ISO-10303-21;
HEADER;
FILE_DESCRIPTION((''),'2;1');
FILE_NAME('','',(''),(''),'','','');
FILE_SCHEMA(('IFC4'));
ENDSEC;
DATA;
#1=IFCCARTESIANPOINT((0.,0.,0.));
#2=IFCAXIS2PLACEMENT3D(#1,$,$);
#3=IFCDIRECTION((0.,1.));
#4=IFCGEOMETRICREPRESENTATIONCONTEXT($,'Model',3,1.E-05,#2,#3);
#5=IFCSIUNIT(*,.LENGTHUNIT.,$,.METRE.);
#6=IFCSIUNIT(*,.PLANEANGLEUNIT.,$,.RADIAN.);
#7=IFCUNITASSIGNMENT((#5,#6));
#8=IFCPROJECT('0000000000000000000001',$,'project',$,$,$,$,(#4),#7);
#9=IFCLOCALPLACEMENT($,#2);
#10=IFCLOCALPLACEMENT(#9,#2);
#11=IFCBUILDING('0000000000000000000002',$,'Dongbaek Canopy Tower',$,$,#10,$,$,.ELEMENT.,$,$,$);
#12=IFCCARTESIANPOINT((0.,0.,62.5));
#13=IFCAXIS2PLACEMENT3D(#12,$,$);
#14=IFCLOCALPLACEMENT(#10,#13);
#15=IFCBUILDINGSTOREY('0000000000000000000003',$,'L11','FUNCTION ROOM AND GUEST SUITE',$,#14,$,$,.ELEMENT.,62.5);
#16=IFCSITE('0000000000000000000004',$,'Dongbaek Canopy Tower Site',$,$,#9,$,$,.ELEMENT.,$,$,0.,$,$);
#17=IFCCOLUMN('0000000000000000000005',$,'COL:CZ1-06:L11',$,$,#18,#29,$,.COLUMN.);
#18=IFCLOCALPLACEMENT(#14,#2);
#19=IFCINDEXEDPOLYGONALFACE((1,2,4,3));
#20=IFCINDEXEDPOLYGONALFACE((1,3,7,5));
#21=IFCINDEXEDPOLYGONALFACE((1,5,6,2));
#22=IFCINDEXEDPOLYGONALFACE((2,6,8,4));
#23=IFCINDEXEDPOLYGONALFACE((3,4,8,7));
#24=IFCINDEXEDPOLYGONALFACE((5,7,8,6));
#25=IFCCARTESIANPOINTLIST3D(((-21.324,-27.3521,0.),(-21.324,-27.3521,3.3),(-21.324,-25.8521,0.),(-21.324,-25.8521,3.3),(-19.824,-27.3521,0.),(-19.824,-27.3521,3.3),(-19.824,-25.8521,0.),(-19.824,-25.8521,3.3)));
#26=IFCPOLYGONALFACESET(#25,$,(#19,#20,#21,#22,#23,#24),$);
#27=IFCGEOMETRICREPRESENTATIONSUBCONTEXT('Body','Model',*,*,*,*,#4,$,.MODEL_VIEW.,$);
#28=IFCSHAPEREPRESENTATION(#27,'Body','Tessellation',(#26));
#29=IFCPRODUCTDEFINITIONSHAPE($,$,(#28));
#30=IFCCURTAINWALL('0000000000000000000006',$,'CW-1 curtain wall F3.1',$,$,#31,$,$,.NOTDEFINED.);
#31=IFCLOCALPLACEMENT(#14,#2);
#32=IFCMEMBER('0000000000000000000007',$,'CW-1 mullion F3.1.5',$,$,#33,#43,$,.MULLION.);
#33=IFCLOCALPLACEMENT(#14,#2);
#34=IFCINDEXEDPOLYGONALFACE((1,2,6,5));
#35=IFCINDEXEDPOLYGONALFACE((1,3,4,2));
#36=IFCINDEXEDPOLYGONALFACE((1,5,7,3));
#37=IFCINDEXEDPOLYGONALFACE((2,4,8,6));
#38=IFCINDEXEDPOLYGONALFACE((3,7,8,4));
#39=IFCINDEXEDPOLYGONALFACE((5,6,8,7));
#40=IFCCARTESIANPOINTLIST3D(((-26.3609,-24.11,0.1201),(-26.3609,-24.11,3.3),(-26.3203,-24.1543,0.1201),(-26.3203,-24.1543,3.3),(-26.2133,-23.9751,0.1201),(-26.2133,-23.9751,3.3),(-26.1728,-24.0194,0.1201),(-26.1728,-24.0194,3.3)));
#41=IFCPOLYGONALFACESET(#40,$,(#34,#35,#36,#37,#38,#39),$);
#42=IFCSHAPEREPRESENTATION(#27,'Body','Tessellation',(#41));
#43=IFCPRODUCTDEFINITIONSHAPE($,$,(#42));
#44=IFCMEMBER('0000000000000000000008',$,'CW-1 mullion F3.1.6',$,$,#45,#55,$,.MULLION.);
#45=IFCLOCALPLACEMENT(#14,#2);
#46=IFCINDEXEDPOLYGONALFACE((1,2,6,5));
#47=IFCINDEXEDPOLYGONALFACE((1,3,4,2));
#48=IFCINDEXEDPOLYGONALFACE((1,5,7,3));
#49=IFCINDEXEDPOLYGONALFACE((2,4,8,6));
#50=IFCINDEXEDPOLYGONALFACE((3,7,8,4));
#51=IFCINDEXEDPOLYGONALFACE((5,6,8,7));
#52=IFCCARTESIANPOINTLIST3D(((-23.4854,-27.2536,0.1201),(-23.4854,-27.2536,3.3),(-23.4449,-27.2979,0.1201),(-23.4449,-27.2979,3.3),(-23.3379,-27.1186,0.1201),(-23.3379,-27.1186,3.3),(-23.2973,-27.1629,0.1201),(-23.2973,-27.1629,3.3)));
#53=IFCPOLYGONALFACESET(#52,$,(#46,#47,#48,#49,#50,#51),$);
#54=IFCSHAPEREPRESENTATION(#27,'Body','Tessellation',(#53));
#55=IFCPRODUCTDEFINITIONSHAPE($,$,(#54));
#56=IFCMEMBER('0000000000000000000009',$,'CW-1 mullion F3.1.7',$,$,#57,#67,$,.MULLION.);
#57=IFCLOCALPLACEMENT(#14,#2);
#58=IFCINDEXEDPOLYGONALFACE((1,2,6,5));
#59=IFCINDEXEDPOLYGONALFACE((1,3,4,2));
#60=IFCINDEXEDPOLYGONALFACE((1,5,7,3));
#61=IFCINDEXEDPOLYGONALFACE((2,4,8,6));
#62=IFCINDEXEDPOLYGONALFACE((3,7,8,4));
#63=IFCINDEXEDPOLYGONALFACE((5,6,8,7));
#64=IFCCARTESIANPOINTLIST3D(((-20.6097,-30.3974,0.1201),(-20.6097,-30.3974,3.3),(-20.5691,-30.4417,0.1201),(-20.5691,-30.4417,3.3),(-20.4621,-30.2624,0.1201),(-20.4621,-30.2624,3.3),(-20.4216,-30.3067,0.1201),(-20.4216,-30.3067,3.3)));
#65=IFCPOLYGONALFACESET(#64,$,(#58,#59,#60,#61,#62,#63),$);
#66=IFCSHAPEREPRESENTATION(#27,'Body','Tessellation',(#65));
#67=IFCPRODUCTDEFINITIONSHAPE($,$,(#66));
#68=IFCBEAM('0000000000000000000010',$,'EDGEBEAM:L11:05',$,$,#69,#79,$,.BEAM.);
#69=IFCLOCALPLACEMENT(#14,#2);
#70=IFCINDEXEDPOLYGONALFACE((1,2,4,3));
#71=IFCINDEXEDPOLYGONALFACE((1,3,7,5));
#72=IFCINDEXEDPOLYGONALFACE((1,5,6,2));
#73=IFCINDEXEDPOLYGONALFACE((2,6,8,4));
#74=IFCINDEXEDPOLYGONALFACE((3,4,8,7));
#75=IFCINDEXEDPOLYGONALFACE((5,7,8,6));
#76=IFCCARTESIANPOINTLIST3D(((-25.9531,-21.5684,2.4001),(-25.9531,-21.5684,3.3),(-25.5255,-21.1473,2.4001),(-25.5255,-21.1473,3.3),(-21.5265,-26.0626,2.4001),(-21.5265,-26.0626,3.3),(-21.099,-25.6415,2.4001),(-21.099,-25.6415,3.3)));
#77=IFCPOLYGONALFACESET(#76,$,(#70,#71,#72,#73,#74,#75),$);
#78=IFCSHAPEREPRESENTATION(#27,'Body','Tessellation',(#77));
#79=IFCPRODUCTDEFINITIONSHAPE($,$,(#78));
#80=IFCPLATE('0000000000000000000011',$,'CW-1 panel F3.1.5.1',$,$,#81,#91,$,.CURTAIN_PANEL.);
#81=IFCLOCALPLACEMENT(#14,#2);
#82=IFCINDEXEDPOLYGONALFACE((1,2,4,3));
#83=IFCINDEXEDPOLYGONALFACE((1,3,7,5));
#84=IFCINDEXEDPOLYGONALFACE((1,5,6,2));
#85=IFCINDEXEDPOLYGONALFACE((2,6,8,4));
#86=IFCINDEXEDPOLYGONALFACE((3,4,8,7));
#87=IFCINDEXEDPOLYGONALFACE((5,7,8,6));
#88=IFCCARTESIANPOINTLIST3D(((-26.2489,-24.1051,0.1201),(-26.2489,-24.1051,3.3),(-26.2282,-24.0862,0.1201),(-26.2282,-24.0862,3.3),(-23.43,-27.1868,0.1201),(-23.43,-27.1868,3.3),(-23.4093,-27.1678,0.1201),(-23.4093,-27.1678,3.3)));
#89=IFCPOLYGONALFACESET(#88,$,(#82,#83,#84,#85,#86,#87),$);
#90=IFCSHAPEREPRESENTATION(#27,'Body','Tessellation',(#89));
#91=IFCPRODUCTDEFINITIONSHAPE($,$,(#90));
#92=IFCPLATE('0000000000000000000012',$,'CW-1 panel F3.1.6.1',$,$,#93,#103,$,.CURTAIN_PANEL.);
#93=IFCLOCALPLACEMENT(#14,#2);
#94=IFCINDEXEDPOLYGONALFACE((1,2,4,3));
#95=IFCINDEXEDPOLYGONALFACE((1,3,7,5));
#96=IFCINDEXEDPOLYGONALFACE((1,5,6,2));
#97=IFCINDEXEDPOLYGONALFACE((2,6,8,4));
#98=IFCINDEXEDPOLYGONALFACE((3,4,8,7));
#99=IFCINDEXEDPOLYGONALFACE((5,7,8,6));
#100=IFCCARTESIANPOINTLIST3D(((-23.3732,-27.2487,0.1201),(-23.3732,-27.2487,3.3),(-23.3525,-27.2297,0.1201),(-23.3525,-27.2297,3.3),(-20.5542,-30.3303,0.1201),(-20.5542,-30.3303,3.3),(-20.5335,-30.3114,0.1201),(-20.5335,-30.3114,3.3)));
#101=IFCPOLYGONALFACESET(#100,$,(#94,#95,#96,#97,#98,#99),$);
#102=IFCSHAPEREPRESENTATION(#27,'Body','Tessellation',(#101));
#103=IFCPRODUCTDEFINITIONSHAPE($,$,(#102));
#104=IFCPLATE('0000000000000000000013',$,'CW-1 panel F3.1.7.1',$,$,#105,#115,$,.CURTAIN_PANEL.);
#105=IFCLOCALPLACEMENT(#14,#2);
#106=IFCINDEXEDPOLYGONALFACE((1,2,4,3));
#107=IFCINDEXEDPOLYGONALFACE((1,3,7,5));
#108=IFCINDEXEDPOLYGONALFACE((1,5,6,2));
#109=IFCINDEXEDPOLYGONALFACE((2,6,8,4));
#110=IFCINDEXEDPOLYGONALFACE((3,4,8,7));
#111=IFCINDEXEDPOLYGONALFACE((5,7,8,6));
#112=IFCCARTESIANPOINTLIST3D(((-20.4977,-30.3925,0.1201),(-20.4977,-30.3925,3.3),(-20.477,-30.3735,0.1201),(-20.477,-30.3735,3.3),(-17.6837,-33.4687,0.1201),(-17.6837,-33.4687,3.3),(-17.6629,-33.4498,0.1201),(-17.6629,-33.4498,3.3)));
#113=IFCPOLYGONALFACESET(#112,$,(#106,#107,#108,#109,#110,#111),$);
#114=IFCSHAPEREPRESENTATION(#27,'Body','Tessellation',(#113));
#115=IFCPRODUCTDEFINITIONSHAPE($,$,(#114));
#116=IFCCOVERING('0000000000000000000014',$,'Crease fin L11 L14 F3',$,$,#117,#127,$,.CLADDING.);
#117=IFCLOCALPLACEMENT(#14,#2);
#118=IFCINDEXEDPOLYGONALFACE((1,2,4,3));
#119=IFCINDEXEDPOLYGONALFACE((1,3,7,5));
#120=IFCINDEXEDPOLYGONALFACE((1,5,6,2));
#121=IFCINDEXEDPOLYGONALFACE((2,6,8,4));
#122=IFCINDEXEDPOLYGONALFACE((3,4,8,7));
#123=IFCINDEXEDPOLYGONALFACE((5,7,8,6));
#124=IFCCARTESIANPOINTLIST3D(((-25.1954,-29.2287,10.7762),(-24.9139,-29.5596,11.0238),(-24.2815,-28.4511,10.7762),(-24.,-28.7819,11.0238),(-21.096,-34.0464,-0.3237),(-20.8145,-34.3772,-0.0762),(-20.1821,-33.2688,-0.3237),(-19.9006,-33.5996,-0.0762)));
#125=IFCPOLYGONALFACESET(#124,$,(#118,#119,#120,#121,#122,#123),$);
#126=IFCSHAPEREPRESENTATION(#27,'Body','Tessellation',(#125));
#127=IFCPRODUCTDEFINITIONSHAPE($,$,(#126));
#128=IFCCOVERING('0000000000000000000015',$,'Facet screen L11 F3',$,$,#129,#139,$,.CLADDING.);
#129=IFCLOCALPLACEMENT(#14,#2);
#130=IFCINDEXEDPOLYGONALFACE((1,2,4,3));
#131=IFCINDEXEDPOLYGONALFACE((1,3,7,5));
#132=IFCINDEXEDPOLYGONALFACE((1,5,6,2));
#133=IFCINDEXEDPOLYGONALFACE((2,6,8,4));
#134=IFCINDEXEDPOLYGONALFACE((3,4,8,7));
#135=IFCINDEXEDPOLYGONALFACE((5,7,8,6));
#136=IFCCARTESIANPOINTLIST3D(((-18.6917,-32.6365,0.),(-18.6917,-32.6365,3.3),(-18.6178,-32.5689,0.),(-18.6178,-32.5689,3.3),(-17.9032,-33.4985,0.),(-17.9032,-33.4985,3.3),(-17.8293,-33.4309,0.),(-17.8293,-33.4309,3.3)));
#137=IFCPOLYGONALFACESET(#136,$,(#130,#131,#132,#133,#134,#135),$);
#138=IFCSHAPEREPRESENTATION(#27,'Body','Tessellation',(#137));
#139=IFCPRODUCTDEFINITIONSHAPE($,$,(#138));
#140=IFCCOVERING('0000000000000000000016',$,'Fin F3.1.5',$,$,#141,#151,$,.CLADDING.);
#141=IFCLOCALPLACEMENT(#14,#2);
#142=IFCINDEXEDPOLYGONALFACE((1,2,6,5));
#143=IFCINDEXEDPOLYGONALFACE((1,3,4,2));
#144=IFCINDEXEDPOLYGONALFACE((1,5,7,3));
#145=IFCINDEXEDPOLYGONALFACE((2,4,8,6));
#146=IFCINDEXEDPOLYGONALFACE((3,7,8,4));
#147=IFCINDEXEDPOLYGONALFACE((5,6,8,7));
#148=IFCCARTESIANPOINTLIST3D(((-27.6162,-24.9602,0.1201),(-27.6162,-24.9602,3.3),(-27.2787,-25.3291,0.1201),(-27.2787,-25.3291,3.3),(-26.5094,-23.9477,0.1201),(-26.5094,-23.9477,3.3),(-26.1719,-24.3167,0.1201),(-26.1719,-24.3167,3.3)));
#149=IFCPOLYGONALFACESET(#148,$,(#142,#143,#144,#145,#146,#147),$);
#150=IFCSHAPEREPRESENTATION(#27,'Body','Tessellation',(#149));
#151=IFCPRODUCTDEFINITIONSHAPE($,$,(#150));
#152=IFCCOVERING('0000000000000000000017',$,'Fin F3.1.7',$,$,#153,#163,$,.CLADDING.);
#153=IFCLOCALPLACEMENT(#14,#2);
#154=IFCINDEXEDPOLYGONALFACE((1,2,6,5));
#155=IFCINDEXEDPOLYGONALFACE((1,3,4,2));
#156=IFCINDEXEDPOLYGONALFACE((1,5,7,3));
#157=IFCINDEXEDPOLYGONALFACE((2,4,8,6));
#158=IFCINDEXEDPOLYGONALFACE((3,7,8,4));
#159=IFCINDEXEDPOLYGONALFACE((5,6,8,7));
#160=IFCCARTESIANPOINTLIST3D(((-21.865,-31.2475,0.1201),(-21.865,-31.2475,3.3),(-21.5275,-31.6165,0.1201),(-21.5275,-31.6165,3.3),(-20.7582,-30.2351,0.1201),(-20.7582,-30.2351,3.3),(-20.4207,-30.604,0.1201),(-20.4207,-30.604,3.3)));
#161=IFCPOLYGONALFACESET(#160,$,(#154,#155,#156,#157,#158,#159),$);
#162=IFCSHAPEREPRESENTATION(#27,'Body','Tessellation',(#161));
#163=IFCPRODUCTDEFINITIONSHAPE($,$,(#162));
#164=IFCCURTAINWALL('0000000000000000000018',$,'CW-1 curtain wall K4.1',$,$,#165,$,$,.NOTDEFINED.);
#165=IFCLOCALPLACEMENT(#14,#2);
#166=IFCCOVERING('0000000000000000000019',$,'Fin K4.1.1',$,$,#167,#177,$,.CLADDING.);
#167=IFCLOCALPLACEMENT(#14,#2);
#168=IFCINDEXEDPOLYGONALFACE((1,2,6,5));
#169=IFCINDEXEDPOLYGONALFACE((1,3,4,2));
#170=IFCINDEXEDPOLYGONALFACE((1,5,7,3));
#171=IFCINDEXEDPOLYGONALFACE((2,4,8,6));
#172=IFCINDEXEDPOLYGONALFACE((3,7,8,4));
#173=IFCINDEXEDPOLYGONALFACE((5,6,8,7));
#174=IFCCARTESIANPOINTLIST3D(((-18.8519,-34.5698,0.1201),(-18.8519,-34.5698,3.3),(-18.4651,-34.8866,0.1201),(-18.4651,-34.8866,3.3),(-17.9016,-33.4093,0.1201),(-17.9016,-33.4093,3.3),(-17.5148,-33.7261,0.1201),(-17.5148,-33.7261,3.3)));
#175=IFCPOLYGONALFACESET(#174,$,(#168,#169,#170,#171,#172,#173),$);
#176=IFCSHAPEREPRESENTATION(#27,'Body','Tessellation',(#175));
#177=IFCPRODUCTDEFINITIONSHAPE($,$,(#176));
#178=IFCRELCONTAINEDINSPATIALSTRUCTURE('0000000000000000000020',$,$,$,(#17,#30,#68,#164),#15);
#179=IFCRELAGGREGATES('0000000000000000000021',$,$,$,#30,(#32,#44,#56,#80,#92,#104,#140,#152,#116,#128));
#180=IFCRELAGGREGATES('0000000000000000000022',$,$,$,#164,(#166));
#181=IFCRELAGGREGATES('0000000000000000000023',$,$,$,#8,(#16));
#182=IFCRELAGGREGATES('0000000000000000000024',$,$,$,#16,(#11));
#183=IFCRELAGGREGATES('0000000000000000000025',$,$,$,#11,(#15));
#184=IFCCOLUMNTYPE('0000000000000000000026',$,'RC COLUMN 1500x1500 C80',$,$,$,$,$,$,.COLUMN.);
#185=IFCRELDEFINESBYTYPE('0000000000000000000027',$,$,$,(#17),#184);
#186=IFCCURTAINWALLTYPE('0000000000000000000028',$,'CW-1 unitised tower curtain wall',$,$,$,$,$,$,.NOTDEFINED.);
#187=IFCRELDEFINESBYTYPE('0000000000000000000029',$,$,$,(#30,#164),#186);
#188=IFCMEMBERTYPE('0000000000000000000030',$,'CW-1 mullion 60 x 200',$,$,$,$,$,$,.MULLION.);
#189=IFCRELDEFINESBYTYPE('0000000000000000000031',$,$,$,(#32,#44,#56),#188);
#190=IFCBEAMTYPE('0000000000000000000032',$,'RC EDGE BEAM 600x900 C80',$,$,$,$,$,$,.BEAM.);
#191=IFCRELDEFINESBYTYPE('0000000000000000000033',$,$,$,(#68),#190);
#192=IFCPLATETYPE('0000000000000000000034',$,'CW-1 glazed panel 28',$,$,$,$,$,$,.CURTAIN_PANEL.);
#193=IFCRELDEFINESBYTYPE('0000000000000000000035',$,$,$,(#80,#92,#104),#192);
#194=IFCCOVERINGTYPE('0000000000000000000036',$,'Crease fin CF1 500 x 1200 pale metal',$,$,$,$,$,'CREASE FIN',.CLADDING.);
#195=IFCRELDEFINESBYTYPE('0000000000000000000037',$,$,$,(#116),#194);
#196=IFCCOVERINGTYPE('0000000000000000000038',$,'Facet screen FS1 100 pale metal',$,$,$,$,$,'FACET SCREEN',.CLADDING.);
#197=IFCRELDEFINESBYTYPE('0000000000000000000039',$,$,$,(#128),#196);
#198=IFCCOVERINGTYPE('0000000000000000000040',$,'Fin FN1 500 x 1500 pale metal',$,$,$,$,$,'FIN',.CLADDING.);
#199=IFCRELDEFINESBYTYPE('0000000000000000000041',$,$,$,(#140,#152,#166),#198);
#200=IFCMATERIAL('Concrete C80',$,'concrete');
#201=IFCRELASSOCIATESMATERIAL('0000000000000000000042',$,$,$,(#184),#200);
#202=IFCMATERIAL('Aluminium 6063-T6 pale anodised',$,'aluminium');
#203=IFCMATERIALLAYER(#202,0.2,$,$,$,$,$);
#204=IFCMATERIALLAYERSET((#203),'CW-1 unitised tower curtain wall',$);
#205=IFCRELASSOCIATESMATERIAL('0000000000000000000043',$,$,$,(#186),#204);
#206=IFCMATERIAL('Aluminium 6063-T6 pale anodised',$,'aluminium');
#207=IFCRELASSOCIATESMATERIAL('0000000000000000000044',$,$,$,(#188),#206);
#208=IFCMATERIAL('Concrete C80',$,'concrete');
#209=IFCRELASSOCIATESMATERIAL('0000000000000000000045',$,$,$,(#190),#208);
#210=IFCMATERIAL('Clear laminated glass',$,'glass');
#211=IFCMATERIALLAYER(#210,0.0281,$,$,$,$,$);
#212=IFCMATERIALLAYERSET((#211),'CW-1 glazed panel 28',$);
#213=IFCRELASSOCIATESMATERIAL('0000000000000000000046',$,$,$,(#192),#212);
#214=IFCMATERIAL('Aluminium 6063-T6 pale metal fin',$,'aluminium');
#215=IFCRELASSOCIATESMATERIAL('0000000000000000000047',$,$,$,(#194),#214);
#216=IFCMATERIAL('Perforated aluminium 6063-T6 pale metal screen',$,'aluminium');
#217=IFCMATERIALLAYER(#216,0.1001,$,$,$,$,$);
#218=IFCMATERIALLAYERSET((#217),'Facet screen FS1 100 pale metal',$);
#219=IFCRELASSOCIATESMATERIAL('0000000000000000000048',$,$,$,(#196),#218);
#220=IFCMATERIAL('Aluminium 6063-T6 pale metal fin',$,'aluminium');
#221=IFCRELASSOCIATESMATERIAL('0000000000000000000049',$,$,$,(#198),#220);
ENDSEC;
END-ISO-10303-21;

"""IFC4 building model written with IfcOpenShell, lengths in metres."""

from ifc_helpers import new_model, si_unit, direction, frame, origin, origin_2d, place, context, subcontext, project, spatial, rectangle, extrude, material, layer, layer_set, material_profile, profile_set, type_object, element, aggregate, save


model = new_model("IFC4")

# Units and contexts
model_context = context("Model", 3, precision=1e-05, world=origin(), true_north=direction((0.0, 1.0)))
body_context = subcontext(model_context, "Body", "Model", "MODEL_VIEW")
ifc_project = project(units=[si_unit("LENGTHUNIT", "METRE"), si_unit("PLANEANGLEUNIT", "RADIAN")], contexts=[model_context])

# Site, building, storey
site_placement = place(None, origin())
site = spatial("IfcSite", under=ifc_project, at=site_placement, Name="Dongbaek Canopy Tower Site", CompositionType="ELEMENT", RefElevation=0.0)
building_placement = place(site_placement, origin())
building = spatial("IfcBuilding", under=site, at=building_placement, Name="Dongbaek Canopy Tower", CompositionType="ELEMENT")
storey_placement = place(building_placement, frame((0.0, 0.0, 62.5)))
storey = spatial("IfcBuildingStorey", under=building, at=storey_placement, Name="L11", Description="FUNCTION ROOM AND GUEST SUITE", CompositionType="ELEMENT", Elevation=62.5)

# Column
ifc_material_1 = material(Name="Concrete C80", Category="concrete")
ifc_material_profile_1 = material_profile(ifc_material_1, rectangle(XDim=1.5, YDim=1.5, at=origin_2d()), Name="RC COLUMN 1500x1500 C80")
ifc_profile_set_1 = profile_set([ifc_material_profile_1], Name="Concrete C80")
column_type = type_object("IfcColumnType", Name="RC COLUMN 1500x1500 C80", PredefinedType="COLUMN", material=ifc_profile_set_1)
column_placement = place(storey_placement, frame((-20.574, -26.6021, 0.0), z_axis=(0.0, 0.0, 1.0), x_axis=(1.0, 0.0, 0.0)))
element("IfcColumn", 1, at=column_placement, inside=storey, type_object=column_type, Name="COL:CZ1-06:L11", PredefinedType="COLUMN", context=body_context, shape_type="SweptSolid", body=[
    extrude(rectangle(XDim=1.5, YDim=1.5, at=origin_2d()), origin(), (0.0, 0.0, 1.0), 3.3),
])

# Curtain wall, members
ifc_material_2 = material(Name="Aluminium 6063-T6 pale anodised", Category="aluminium")
ifc_layer_1 = layer(ifc_material_2, 0.2)
ifc_layer_set_1 = layer_set([ifc_layer_1], Name="CW-1 unitised tower curtain wall")
curtain_wall_type = type_object("IfcCurtainWallType", Name="CW-1 unitised tower curtain wall", PredefinedType="NOTDEFINED", material=ifc_layer_set_1)
curtain_wall_1_placement = place(storey_placement, origin())
curtain_wall_1 = element("IfcCurtainWall", 2, at=curtain_wall_1_placement, inside=storey, type_object=curtain_wall_type, Name="CW-1 curtain wall F3.1", PredefinedType="NOTDEFINED")
ifc_material_3 = material(Name="Aluminium 6063-T6 pale anodised", Category="aluminium")
ifc_material_profile_2 = material_profile(ifc_material_3, rectangle(XDim=0.2, YDim=0.0601, at=origin_2d()), Name="CW-1 mullion 60 x 200")
ifc_profile_set_2 = profile_set([ifc_material_profile_2], Name="Aluminium 6063-T6 pale anodised")
member_type = type_object("IfcMemberType", Name="CW-1 mullion 60 x 200", PredefinedType="MULLION", material=ifc_profile_set_2)
member_1_placement = place(storey_placement, frame((-26.2668, -24.0647, 0.1201), z_axis=(0.0, 0.0, 1.0), x_axis=(-0.737855, -0.674959, 0.0)))
member_1 = element("IfcMember", 3, at=member_1_placement, type_object=member_type, Name="CW-1 mullion F3.1.5", PredefinedType="MULLION", context=body_context, shape_type="SweptSolid", body=[
    extrude(rectangle(XDim=0.2, YDim=0.0601, at=origin_2d()), origin(), (0.0, 0.0, 1.0), 3.1799),
])
member_2_placement = place(storey_placement, frame((-23.3914, -27.2083, 0.1201), z_axis=(0.0, 0.0, 1.0), x_axis=(-0.737855, -0.674959, 0.0)))
member_2 = element("IfcMember", 4, at=member_2_placement, type_object=member_type, Name="CW-1 mullion F3.1.6", PredefinedType="MULLION", context=body_context, shape_type="SweptSolid", body=[
    extrude(rectangle(XDim=0.2, YDim=0.0601, at=origin_2d()), origin(), (0.0, 0.0, 1.0), 3.1799),
])
member_3_placement = place(storey_placement, frame((-20.5156, -30.3521, 0.1201), z_axis=(0.0, 0.0, 1.0), x_axis=(-0.737855, -0.674959, 0.0)))
member_3 = element("IfcMember", 5, at=member_3_placement, type_object=member_type, Name="CW-1 mullion F3.1.7", PredefinedType="MULLION", context=body_context, shape_type="SweptSolid", body=[
    extrude(rectangle(XDim=0.2, YDim=0.0601, at=origin_2d()), origin(), (0.0, 0.0, 1.0), 3.1799),
])

# Beam
ifc_material_4 = material(Name="Concrete C80", Category="concrete")
ifc_material_profile_3 = material_profile(ifc_material_4, rectangle(XDim=0.6001, YDim=0.8999, at=origin_2d()), Name="RC EDGE BEAM 600x900 C80")
ifc_profile_set_3 = profile_set([ifc_material_profile_3], Name="Concrete C80")
beam_type = type_object("IfcBeamType", Name="RC EDGE BEAM 600x900 C80", PredefinedType="BEAM", material=ifc_profile_set_3)
beam_placement = place(storey_placement, frame((-21.3127, -25.8521, 2.8501), z_axis=(-0.701726, 0.712447, 0.0), x_axis=(-0.712447, -0.701726, 0.0)))
element("IfcBeam", 6, at=beam_placement, inside=storey, type_object=beam_type, Name="EDGEBEAM:L11:05", PredefinedType="BEAM", context=body_context, shape_type="SweptSolid", body=[
    extrude(rectangle(XDim=0.6001, YDim=0.8999, at=origin_2d()), origin(), (0.0, 0.0, 1.0), 6.3081),
])

# Plates
ifc_material_5 = material(Name="Clear laminated glass", Category="glass")
ifc_layer_2 = layer(ifc_material_5, 0.0281)
ifc_layer_set_2 = layer_set([ifc_layer_2], Name="CW-1 glazed panel 28")
plate_type = type_object("IfcPlateType", Name="CW-1 glazed panel 28", PredefinedType="CURTAIN_PANEL", material=ifc_layer_set_2)
plate_1_placement = place(storey_placement, frame((-24.8291, -25.6365, 0.1201), z_axis=(0.0, 0.0, 1.0), x_axis=(0.674959, -0.737855, 0.0)))
plate_1 = element("IfcPlate", 7, at=plate_1_placement, type_object=plate_type, Name="CW-1 panel F3.1.5.1", PredefinedType="CURTAIN_PANEL", context=body_context, shape_type="SweptSolid", body=[
    extrude(rectangle(XDim=4.1765, YDim=0.0281, at=origin_2d()), origin(), (0.0, 0.0, 1.0), 3.1799),
])
plate_2_placement = place(storey_placement, frame((-21.9534, -28.78, 0.1201), z_axis=(0.0, 0.0, 1.0), x_axis=(0.674959, -0.737855, 0.0)))
plate_2 = element("IfcPlate", 8, at=plate_2_placement, type_object=plate_type, Name="CW-1 panel F3.1.6.1", PredefinedType="CURTAIN_PANEL", context=body_context, shape_type="SweptSolid", body=[
    extrude(rectangle(XDim=4.1765, YDim=0.0281, at=origin_2d()), origin(), (0.0, 0.0, 1.0), 3.1799),
])
plate_3_placement = place(storey_placement, frame((-19.0803, -31.9211, 0.1201), z_axis=(0.0, 0.0, 1.0), x_axis=(0.674959, -0.737855, 0.0)))
plate_3 = element("IfcPlate", 9, at=plate_3_placement, type_object=plate_type, Name="CW-1 panel F3.1.7.1", PredefinedType="CURTAIN_PANEL", context=body_context, shape_type="SweptSolid", body=[
    extrude(rectangle(XDim=4.1692, YDim=0.0281, at=origin_2d()), origin(), (0.0, 0.0, 1.0), 3.1799),
])

# Coverings
ifc_material_6 = material(Name="Aluminium 6063-T6 pale metal fin", Category="aluminium")
ifc_material_profile_4 = material_profile(ifc_material_6, rectangle(XDim=1.2, YDim=0.5, at=origin_2d()), Name="Crease fin CF1 500 x 1200 pale metal")
ifc_profile_set_4 = profile_set([ifc_material_profile_4], Name="Aluminium 6063-T6 pale metal fin")
covering_type_1 = type_object("IfcCoveringType", Name="Crease fin CF1 500 x 1200 pale metal", ElementType="CREASE FIN", PredefinedType="CLADDING", material=ifc_profile_set_4)
covering_1_placement = place(storey_placement, frame((-20.4983, -33.823, -0.2), z_axis=(-0.32087, 0.37709, 0.868819), x_axis=(-0.761597, -0.648051, 0.0)))
covering_1 = element("IfcCovering", 10, at=covering_1_placement, type_object=covering_type_1, Name="Crease fin L11 L14 F3", PredefinedType="CLADDING", context=body_context, shape_type="SweptSolid", body=[
    extrude(rectangle(XDim=1.2, YDim=0.5, at=origin_2d()), origin(), (0.0, 0.0, 1.0), 12.7759),
])
ifc_material_7 = material(Name="Perforated aluminium 6063-T6 pale metal screen", Category="aluminium")
ifc_layer_3 = layer(ifc_material_7, 0.1001)
ifc_layer_set_3 = layer_set([ifc_layer_3], Name="Facet screen FS1 100 pale metal")
covering_type_2 = type_object("IfcCoveringType", Name="Facet screen FS1 100 pale metal", ElementType="FACET SCREEN", PredefinedType="CLADDING", material=ifc_layer_set_3)
covering_2_placement = place(storey_placement, frame((-18.2605, -33.0337, 0.0), z_axis=(0.0, 0.0, 1.0), x_axis=(0.674959, -0.737855, 0.0)))
covering_2 = element("IfcCovering", 11, at=covering_2_placement, type_object=covering_type_2, Name="Facet screen L11 F3", PredefinedType="CLADDING", context=body_context, shape_type="SweptSolid", body=[
    extrude(rectangle(XDim=1.1682, YDim=0.1001, at=origin_2d()), origin(), (0.0, 0.0, 1.0), 3.3),
])
ifc_material_8 = material(Name="Aluminium 6063-T6 pale metal fin", Category="aluminium")
ifc_material_profile_5 = material_profile(ifc_material_8, rectangle(XDim=1.5, YDim=0.5, at=origin_2d()), Name="Fin FN1 500 x 1500 pale metal")
ifc_profile_set_5 = profile_set([ifc_material_profile_5], Name="Aluminium 6063-T6 pale metal fin")
covering_type_3 = type_object("IfcCoveringType", Name="Fin FN1 500 x 1500 pale metal", ElementType="FIN", PredefinedType="CLADDING", material=ifc_profile_set_5)
covering_3_placement = place(storey_placement, frame((-26.894, -24.6384, 0.1201), z_axis=(0.0, 0.0, 1.0), x_axis=(-0.737855, -0.674959, 0.0)))
covering_3 = element("IfcCovering", 12, at=covering_3_placement, type_object=covering_type_3, Name="Fin F3.1.5", PredefinedType="CLADDING", context=body_context, shape_type="SweptSolid", body=[
    extrude(rectangle(XDim=1.5, YDim=0.5, at=origin_2d()), origin(), (0.0, 0.0, 1.0), 3.1799),
])
covering_4_placement = place(storey_placement, frame((-21.1428, -30.9258, 0.1201), z_axis=(0.0, 0.0, 1.0), x_axis=(-0.737855, -0.674959, 0.0)))
covering_4 = element("IfcCovering", 13, at=covering_4_placement, type_object=covering_type_3, Name="Fin F3.1.7", PredefinedType="CLADDING", context=body_context, shape_type="SweptSolid", body=[
    extrude(rectangle(XDim=1.5, YDim=0.5, at=origin_2d()), origin(), (0.0, 0.0, 1.0), 3.1799),
])
aggregate(curtain_wall_1, [member_1, member_2, member_3, plate_1, plate_2, plate_3, covering_3, covering_4, covering_1, covering_2])

# Curtain wall, covering
curtain_wall_2_placement = place(storey_placement, origin())
curtain_wall_2 = element("IfcCurtainWall", 14, at=curtain_wall_2_placement, inside=storey, type_object=curtain_wall_type, Name="CW-1 curtain wall K4.1", PredefinedType="NOTDEFINED")
covering_5_placement = place(storey_placement, frame((-18.1833, -34.1479, 0.1201), z_axis=(0.0, 0.0, 1.0), x_axis=(-0.633548, -0.773703, 0.0)))
covering_5 = element("IfcCovering", 15, at=covering_5_placement, type_object=covering_type_3, Name="Fin K4.1.1", PredefinedType="CLADDING", context=body_context, shape_type="SweptSolid", body=[
    extrude(rectangle(XDim=1.5, YDim=0.5, at=origin_2d()), origin(), (0.0, 0.0, 1.0), 3.1799),
])
aggregate(curtain_wall_2, [covering_5])

save(model, "model.ifc")
